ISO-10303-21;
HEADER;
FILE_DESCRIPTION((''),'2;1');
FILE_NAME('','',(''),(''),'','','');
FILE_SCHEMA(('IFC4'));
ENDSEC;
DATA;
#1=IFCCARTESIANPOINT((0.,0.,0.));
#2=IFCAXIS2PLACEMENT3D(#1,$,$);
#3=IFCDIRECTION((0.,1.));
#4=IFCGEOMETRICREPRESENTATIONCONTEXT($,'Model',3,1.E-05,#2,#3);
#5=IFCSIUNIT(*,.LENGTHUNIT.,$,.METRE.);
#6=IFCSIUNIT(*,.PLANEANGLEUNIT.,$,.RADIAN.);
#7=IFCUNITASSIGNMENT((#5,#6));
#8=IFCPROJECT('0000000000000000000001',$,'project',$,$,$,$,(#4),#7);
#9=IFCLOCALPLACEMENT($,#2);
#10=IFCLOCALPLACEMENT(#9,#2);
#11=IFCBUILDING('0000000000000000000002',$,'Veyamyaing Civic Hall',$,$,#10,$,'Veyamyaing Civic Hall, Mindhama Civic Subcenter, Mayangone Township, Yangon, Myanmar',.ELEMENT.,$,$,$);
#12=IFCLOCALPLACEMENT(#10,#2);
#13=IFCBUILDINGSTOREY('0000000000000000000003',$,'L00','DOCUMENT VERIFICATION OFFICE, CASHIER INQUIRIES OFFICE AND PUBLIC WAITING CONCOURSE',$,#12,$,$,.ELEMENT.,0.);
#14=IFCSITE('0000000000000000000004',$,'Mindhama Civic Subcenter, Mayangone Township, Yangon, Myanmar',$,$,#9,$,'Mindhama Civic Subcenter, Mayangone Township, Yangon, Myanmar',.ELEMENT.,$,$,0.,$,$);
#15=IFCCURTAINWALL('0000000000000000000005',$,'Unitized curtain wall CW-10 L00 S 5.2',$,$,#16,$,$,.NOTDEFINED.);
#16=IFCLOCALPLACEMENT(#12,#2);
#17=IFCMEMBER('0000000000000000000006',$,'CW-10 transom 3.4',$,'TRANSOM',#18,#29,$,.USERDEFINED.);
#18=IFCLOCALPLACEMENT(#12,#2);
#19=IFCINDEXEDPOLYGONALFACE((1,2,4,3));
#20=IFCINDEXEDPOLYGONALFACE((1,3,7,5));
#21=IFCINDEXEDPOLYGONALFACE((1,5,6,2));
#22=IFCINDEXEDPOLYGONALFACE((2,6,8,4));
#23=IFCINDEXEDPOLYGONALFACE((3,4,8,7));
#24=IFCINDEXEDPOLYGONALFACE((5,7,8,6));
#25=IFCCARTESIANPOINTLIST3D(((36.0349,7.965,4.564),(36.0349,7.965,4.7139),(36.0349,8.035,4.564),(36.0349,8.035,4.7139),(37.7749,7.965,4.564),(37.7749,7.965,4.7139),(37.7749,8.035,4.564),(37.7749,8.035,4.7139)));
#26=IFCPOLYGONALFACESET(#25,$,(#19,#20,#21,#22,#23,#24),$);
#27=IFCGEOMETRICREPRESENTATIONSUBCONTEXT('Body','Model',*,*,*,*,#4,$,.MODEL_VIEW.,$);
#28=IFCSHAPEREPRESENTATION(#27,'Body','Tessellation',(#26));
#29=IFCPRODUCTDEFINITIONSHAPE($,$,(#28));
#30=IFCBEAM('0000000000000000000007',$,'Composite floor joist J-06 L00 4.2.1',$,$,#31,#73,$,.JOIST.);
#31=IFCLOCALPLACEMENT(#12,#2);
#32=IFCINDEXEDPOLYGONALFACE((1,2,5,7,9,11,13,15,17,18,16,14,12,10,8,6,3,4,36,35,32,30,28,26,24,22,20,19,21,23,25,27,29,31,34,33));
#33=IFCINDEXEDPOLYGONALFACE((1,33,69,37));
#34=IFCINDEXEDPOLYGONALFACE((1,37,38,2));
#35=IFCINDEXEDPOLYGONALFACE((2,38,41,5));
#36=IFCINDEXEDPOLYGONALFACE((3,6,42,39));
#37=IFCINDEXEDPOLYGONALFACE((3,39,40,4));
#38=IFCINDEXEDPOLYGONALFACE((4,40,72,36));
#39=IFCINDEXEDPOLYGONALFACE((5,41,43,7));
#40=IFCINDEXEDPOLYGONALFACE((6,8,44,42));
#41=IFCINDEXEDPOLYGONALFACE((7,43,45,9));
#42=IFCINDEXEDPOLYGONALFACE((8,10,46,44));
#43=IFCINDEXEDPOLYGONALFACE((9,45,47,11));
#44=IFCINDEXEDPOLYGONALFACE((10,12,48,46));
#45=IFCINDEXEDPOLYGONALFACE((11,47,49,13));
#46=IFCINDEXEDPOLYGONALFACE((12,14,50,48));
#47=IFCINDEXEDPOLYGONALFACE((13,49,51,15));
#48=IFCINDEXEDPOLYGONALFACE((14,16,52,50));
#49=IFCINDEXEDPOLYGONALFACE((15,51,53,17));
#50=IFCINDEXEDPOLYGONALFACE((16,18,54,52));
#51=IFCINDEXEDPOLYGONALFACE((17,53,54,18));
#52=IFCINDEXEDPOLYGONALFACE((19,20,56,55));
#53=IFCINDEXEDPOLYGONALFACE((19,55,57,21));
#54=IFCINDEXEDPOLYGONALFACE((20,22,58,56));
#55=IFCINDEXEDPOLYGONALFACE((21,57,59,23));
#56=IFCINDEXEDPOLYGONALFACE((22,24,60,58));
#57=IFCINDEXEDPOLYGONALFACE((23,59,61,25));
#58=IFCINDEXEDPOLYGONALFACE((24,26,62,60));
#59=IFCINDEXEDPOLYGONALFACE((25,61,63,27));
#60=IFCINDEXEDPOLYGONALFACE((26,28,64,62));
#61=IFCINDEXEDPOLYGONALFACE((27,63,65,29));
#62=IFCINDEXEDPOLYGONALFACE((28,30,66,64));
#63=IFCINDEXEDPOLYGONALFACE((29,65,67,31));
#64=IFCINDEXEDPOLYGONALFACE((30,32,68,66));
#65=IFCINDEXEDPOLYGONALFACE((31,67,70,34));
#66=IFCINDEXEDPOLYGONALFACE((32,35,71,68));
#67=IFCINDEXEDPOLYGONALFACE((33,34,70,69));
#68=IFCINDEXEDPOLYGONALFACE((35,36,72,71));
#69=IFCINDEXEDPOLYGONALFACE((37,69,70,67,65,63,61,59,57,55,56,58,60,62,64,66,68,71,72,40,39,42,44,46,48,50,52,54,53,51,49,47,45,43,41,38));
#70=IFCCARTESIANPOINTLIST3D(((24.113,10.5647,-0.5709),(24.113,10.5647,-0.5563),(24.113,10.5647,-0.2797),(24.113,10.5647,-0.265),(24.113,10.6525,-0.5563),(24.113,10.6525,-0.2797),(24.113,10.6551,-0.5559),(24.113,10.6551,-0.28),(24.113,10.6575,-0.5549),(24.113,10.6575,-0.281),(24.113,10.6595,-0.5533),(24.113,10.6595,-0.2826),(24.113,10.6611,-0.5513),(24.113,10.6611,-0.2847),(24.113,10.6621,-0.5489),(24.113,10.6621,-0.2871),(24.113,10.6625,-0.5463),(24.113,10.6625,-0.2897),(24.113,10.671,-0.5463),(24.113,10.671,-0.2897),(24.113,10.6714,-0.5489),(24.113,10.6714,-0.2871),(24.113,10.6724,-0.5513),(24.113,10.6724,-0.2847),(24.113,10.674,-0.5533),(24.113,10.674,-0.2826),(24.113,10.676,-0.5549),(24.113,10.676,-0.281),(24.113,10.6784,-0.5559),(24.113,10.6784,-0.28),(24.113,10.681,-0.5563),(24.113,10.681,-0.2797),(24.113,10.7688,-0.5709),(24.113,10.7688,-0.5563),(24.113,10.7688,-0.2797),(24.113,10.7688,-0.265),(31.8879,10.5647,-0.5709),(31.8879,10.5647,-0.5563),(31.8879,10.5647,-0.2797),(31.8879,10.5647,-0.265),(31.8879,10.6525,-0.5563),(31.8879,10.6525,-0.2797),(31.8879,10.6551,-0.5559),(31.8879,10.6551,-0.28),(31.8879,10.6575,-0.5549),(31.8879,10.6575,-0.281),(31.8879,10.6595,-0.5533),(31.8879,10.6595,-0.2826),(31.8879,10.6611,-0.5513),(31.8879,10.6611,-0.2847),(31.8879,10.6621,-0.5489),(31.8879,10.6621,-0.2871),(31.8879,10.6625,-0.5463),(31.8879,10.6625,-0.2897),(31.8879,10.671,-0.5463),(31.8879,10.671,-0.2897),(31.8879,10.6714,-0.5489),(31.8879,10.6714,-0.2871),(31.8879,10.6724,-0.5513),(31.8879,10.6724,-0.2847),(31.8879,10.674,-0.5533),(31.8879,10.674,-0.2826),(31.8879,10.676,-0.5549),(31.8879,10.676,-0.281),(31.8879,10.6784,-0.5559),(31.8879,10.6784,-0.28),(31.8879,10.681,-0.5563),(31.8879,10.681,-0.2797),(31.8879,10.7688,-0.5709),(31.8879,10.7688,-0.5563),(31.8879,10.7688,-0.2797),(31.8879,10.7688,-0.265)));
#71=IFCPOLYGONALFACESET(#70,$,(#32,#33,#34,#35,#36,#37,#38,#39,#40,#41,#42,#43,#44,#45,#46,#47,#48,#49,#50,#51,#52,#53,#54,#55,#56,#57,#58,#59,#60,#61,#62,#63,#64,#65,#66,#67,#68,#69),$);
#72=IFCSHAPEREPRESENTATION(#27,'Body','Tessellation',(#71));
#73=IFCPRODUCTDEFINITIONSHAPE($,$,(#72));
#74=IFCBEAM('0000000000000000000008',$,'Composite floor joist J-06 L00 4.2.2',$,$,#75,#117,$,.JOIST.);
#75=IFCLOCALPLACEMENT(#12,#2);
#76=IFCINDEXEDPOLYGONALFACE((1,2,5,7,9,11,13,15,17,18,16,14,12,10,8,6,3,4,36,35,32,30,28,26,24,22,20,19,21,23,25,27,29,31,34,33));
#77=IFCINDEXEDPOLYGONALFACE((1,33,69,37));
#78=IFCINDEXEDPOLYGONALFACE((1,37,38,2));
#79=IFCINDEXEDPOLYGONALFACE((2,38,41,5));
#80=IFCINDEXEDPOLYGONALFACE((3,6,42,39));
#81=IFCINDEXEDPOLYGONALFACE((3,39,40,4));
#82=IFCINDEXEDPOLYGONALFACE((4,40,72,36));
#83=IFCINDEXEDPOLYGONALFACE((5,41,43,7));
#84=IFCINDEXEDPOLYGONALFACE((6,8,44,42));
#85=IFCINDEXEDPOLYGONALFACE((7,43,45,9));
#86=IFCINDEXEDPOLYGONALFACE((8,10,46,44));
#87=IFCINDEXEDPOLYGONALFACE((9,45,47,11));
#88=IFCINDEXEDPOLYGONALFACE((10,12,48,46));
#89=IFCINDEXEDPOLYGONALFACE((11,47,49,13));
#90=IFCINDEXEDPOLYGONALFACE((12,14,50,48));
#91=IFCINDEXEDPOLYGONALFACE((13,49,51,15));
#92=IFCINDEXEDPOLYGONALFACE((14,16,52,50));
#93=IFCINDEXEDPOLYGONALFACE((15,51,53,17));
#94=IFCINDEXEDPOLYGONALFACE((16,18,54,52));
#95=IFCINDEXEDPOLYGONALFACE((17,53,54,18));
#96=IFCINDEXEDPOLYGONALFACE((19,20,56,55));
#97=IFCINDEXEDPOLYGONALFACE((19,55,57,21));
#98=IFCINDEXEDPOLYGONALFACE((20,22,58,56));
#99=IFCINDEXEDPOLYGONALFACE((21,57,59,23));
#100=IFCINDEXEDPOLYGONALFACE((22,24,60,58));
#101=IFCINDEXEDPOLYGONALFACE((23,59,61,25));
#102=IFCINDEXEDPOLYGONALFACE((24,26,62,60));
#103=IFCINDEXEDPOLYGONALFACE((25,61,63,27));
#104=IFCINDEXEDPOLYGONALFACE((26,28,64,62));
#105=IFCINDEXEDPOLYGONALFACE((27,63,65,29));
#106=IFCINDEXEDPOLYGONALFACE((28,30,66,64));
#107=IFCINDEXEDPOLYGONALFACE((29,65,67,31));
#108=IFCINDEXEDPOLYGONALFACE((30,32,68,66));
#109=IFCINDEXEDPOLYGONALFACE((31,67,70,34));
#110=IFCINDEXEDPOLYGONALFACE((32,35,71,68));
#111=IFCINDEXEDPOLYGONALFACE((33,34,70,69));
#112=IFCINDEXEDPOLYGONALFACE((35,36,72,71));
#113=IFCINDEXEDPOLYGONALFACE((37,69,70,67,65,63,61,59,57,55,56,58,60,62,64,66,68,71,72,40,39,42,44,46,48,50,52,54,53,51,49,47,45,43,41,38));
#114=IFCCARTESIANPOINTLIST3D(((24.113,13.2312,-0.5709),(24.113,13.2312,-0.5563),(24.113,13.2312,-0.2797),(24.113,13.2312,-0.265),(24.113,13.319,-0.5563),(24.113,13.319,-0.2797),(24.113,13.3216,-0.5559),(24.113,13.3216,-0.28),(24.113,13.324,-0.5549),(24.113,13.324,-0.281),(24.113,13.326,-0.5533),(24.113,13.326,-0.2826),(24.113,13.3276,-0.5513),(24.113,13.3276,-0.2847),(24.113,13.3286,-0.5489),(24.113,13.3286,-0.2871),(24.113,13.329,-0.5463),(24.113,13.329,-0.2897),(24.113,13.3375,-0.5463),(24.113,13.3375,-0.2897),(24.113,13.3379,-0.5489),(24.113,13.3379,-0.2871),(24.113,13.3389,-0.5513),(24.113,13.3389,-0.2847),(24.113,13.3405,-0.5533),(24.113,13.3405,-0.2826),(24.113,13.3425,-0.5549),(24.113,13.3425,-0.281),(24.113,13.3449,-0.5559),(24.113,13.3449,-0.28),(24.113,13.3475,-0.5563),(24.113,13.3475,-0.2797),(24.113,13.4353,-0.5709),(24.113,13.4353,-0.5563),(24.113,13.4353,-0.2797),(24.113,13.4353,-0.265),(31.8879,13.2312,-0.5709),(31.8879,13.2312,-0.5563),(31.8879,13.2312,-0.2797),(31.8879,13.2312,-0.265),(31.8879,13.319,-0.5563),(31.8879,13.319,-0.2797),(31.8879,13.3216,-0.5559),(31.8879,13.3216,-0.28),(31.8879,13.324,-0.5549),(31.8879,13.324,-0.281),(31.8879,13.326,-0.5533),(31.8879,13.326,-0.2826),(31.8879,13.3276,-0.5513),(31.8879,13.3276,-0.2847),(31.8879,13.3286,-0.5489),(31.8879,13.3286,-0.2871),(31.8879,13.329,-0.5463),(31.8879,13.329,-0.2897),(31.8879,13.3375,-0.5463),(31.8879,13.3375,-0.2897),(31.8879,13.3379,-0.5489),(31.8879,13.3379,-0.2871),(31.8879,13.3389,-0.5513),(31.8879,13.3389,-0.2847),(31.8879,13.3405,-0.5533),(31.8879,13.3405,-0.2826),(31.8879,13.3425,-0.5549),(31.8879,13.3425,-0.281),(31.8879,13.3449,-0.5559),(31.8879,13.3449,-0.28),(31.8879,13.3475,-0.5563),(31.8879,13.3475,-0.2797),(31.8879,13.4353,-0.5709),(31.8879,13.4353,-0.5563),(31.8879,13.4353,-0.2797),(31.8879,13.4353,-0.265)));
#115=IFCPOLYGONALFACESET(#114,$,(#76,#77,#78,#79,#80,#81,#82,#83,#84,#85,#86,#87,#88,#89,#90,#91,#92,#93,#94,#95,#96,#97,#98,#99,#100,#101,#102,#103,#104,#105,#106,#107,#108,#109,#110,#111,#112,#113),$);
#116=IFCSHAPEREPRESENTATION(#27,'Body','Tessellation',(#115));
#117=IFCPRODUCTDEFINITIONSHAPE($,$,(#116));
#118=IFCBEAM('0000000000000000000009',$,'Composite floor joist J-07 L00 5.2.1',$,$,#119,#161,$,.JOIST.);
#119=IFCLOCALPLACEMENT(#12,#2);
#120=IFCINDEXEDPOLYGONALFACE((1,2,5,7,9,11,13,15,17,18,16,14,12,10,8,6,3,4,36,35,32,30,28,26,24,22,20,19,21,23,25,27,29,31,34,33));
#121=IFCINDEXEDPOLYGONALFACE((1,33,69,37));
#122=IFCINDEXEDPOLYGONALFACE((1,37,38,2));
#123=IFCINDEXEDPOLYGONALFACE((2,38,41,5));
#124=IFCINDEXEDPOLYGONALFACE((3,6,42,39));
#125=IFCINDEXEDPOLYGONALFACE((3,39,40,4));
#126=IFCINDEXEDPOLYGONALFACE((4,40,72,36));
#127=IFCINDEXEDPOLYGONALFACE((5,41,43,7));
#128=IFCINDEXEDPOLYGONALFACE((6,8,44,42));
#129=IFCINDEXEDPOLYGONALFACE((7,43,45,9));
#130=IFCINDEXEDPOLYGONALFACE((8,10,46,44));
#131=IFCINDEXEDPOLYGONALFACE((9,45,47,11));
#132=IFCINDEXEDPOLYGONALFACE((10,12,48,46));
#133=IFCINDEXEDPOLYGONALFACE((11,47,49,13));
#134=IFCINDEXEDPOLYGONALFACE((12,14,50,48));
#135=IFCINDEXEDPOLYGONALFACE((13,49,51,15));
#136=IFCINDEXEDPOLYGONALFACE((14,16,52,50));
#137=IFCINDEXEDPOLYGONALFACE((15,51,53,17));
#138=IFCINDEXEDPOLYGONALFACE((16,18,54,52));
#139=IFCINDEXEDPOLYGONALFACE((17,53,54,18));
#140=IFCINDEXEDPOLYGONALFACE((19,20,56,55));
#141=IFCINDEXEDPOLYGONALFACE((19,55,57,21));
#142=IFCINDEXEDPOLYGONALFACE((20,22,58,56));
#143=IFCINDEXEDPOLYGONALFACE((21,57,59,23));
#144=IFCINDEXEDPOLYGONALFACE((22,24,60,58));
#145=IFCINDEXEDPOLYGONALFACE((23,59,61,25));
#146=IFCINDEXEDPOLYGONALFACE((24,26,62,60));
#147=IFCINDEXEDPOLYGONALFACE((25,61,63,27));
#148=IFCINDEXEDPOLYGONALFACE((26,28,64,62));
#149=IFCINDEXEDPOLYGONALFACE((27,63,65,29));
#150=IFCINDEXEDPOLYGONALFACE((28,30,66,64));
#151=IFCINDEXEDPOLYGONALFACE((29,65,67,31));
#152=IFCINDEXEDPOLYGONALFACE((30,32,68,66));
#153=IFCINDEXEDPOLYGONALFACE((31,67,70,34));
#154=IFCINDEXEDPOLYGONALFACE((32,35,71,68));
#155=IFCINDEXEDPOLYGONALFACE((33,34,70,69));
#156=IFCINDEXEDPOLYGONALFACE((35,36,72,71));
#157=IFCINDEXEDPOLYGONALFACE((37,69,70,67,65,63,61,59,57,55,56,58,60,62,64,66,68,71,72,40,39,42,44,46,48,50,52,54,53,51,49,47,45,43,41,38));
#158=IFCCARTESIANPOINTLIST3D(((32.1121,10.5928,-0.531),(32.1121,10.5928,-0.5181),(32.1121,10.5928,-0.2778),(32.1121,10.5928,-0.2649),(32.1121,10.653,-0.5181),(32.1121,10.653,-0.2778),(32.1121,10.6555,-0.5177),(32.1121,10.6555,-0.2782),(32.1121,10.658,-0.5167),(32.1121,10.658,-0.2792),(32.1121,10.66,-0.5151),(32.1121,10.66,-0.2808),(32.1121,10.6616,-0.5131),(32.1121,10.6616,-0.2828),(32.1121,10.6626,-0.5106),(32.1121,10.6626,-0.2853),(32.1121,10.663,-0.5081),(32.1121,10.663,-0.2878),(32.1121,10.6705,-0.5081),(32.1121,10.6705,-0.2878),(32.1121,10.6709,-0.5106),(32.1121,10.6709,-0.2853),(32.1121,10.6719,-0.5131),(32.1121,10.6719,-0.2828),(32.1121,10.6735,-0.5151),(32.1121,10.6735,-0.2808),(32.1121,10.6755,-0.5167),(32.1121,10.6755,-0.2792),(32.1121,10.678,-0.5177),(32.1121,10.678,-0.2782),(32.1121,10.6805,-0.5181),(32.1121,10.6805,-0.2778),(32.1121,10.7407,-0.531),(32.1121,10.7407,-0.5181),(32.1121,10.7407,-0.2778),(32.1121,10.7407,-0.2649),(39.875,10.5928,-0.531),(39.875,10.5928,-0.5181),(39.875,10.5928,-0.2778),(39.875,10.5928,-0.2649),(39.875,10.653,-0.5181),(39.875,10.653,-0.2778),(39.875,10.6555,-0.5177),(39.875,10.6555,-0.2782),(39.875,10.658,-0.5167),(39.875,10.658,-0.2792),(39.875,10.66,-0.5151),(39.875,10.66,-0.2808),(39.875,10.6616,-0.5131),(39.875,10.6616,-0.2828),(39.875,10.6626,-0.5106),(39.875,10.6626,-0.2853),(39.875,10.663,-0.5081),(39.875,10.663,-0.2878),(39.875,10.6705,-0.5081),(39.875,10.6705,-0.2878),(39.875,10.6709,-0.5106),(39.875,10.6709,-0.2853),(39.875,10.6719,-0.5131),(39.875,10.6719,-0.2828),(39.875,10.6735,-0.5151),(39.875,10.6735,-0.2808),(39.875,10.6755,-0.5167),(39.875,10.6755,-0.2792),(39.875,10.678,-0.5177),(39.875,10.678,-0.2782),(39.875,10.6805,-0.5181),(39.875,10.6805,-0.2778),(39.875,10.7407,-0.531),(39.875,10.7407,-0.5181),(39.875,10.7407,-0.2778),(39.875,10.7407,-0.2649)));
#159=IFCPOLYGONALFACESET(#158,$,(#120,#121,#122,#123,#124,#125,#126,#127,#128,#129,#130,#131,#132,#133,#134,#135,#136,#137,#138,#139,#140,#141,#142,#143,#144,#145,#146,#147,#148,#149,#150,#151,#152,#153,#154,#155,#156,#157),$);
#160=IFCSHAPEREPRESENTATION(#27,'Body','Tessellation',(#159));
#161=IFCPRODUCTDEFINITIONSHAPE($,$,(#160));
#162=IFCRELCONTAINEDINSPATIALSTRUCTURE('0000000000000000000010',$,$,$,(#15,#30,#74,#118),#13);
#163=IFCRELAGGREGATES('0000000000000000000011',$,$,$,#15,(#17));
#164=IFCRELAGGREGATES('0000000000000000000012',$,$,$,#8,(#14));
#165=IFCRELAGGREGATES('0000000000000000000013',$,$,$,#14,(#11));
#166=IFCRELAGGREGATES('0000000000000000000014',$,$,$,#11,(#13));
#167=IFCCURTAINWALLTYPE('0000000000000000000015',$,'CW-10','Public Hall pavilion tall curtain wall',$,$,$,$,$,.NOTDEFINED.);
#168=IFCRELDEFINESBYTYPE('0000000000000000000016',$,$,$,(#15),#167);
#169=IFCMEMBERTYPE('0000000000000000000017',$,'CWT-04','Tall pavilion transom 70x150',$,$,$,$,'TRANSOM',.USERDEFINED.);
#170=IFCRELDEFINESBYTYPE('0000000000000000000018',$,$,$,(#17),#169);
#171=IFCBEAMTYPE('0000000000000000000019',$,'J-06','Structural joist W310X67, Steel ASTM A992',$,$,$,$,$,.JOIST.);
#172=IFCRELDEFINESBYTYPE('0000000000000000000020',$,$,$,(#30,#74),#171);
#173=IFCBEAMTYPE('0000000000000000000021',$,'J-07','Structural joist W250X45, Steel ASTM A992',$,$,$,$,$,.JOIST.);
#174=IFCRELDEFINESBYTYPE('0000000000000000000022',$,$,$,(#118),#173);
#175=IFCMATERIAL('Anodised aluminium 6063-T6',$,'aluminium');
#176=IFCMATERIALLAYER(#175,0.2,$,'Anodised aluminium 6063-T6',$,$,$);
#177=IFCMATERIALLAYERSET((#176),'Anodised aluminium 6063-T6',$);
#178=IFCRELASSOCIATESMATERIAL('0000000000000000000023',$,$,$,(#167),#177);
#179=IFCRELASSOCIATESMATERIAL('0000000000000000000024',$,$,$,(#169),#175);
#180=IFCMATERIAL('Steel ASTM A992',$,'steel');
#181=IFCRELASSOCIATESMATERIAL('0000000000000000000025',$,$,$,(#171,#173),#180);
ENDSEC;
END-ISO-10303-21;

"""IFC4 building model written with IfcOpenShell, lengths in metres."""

from ifc_helpers import new_model, si_unit, direction, frame, origin, origin_2d, place, context, subcontext, project, spatial, rectangle, i_section, extrude, material, layer, layer_set, material_profile, profile_set, type_object, element, aggregate, save


model = new_model("IFC4")

# Units and contexts
model_context = context("Model", 3, precision=1e-05, world=origin(), true_north=direction((0.0, 1.0)))
body_context = subcontext(model_context, "Body", "Model", "MODEL_VIEW")
ifc_project = project(units=[si_unit("LENGTHUNIT", "METRE"), si_unit("PLANEANGLEUNIT", "RADIAN")], contexts=[model_context])

# Site, building, storey
site_placement = place(None, origin())
site = spatial("IfcSite", under=ifc_project, at=site_placement, Name="Mindhama Civic Subcenter, Mayangone Township, Yangon, Myanmar", LongName="Mindhama Civic Subcenter, Mayangone Township, Yangon, Myanmar", CompositionType="ELEMENT", RefElevation=0.0)
building_placement = place(site_placement, origin())
building = spatial("IfcBuilding", under=site, at=building_placement, Name="Veyamyaing Civic Hall", LongName="Veyamyaing Civic Hall, Mindhama Civic Subcenter, Mayangone Township, Yangon, Myanmar", CompositionType="ELEMENT")
storey_placement = place(building_placement, origin())
storey = spatial("IfcBuildingStorey", under=building, at=storey_placement, Name="L00", Description="DOCUMENT VERIFICATION OFFICE, CASHIER INQUIRIES OFFICE AND PUBLIC WAITING CONCOURSE", CompositionType="ELEMENT", Elevation=0.0)

# Shared definitions
ifc_material_1 = material(Name="Steel ASTM A992", Category="steel")

# Curtain wall, member
ifc_material_2 = material(Name="Anodised aluminium 6063-T6", Category="aluminium")
ifc_layer_1 = layer(ifc_material_2, 0.2, Name="Anodised aluminium 6063-T6")
ifc_layer_set_1 = layer_set([ifc_layer_1], Name="Anodised aluminium 6063-T6")
curtain_wall_type = type_object("IfcCurtainWallType", Name="CW-10", Description="Public Hall pavilion tall curtain wall", PredefinedType="NOTDEFINED", material=ifc_layer_set_1)
curtain_wall_placement = place(storey_placement, origin())
curtain_wall = element("IfcCurtainWall", 1, at=curtain_wall_placement, inside=storey, type_object=curtain_wall_type, Name="Unitized curtain wall CW-10 L00 S 5.2", PredefinedType="NOTDEFINED")
ifc_material_profile_1 = material_profile(ifc_material_2, rectangle(XDim=0.0701, YDim=0.1499, at=origin_2d()), Name="ALU-TRN-70X150")
ifc_profile_set_1 = profile_set([ifc_material_profile_1], Name="Anodised aluminium 6063-T6")
member_type = type_object("IfcMemberType", Name="CWT-04", Description="Tall pavilion transom 70x150", ElementType="TRANSOM", PredefinedType="USERDEFINED", material=ifc_profile_set_1)
member_1_placement = place(storey_placement, frame((36.0349, 8.0, 4.6389), z_axis=(1.0, 0.0, 0.0), x_axis=(0.0, 1.0, 0.0)))
member_1 = element("IfcMember", 2, at=member_1_placement, type_object=member_type, Name="CW-10 transom 3.4", ObjectType="TRANSOM", PredefinedType="USERDEFINED", context=body_context, shape_type="SweptSolid", body=[
    extrude(rectangle(XDim=0.0701, YDim=0.1499, at=origin_2d()), origin(), (0.0, 0.0, 1.0), 1.74),
])
aggregate(curtain_wall, [member_1])

# Beams
ifc_material_profile_2 = material_profile(ifc_material_1, i_section(OverallWidth=0.2041, OverallDepth=0.3059, WebThickness=0.0085, FlangeThickness=0.0146, FilletRadius=0.01, at=origin_2d()), Name="W310X67")
ifc_profile_set_2 = profile_set([ifc_material_profile_2], Name="Steel ASTM A992")
beam_type_1 = type_object("IfcBeamType", Name="J-06", Description="Structural joist W310X67, Steel ASTM A992", PredefinedType="JOIST", material=ifc_profile_set_2)
for number, where, z_axis, x_axis, name in (
    (3, (24.113, 10.6667, -0.418), (1.0, 0.0, 0.0), (0.0, 1.0, 0.0), "Composite floor joist J-06 L00 4.2.1"),
    (4, (24.113, 13.3333, -0.418), (1.0, 0.0, 0.0), (0.0, 1.0, 0.0), "Composite floor joist J-06 L00 4.2.2"),
):
    element("IfcBeam", number, at=place(storey_placement, frame(where, z_axis=z_axis, x_axis=x_axis)), inside=storey, type_object=beam_type_1, Name=name, PredefinedType="JOIST", context=body_context, shape_type="SweptSolid", body=[
        extrude(i_section(OverallWidth=0.2041, OverallDepth=0.3059, WebThickness=0.0085, FlangeThickness=0.0146, FilletRadius=0.01, at=origin_2d()), origin(), (0.0, 0.0, 1.0), 7.7749),
    ])
ifc_material_profile_3 = material_profile(ifc_material_1, i_section(OverallWidth=0.1479, OverallDepth=0.2661, WebThickness=0.0076, FlangeThickness=0.0129, FilletRadius=0.01, at=origin_2d()), Name="W250X45")
ifc_profile_set_3 = profile_set([ifc_material_profile_3], Name="Steel ASTM A992")
beam_type_2 = type_object("IfcBeamType", Name="J-07", Description="Structural joist W250X45, Steel ASTM A992", PredefinedType="JOIST", material=ifc_profile_set_3)
for number, where, z_axis, x_axis, name in (
    (5, (32.1121, 10.6667, -0.3979), (1.0, 0.0, 0.0), (0.0, 1.0, 0.0), "Composite floor joist J-07 L00 5.2.1"),
):
    element("IfcBeam", number, at=place(storey_placement, frame(where, z_axis=z_axis, x_axis=x_axis)), inside=storey, type_object=beam_type_2, Name=name, PredefinedType="JOIST", context=body_context, shape_type="SweptSolid", body=[
        extrude(i_section(OverallWidth=0.1479, OverallDepth=0.2661, WebThickness=0.0076, FlangeThickness=0.0129, FilletRadius=0.01, at=origin_2d()), origin(), (0.0, 0.0, 1.0), 7.7629),
    ])

save(model, "model.ifc")
